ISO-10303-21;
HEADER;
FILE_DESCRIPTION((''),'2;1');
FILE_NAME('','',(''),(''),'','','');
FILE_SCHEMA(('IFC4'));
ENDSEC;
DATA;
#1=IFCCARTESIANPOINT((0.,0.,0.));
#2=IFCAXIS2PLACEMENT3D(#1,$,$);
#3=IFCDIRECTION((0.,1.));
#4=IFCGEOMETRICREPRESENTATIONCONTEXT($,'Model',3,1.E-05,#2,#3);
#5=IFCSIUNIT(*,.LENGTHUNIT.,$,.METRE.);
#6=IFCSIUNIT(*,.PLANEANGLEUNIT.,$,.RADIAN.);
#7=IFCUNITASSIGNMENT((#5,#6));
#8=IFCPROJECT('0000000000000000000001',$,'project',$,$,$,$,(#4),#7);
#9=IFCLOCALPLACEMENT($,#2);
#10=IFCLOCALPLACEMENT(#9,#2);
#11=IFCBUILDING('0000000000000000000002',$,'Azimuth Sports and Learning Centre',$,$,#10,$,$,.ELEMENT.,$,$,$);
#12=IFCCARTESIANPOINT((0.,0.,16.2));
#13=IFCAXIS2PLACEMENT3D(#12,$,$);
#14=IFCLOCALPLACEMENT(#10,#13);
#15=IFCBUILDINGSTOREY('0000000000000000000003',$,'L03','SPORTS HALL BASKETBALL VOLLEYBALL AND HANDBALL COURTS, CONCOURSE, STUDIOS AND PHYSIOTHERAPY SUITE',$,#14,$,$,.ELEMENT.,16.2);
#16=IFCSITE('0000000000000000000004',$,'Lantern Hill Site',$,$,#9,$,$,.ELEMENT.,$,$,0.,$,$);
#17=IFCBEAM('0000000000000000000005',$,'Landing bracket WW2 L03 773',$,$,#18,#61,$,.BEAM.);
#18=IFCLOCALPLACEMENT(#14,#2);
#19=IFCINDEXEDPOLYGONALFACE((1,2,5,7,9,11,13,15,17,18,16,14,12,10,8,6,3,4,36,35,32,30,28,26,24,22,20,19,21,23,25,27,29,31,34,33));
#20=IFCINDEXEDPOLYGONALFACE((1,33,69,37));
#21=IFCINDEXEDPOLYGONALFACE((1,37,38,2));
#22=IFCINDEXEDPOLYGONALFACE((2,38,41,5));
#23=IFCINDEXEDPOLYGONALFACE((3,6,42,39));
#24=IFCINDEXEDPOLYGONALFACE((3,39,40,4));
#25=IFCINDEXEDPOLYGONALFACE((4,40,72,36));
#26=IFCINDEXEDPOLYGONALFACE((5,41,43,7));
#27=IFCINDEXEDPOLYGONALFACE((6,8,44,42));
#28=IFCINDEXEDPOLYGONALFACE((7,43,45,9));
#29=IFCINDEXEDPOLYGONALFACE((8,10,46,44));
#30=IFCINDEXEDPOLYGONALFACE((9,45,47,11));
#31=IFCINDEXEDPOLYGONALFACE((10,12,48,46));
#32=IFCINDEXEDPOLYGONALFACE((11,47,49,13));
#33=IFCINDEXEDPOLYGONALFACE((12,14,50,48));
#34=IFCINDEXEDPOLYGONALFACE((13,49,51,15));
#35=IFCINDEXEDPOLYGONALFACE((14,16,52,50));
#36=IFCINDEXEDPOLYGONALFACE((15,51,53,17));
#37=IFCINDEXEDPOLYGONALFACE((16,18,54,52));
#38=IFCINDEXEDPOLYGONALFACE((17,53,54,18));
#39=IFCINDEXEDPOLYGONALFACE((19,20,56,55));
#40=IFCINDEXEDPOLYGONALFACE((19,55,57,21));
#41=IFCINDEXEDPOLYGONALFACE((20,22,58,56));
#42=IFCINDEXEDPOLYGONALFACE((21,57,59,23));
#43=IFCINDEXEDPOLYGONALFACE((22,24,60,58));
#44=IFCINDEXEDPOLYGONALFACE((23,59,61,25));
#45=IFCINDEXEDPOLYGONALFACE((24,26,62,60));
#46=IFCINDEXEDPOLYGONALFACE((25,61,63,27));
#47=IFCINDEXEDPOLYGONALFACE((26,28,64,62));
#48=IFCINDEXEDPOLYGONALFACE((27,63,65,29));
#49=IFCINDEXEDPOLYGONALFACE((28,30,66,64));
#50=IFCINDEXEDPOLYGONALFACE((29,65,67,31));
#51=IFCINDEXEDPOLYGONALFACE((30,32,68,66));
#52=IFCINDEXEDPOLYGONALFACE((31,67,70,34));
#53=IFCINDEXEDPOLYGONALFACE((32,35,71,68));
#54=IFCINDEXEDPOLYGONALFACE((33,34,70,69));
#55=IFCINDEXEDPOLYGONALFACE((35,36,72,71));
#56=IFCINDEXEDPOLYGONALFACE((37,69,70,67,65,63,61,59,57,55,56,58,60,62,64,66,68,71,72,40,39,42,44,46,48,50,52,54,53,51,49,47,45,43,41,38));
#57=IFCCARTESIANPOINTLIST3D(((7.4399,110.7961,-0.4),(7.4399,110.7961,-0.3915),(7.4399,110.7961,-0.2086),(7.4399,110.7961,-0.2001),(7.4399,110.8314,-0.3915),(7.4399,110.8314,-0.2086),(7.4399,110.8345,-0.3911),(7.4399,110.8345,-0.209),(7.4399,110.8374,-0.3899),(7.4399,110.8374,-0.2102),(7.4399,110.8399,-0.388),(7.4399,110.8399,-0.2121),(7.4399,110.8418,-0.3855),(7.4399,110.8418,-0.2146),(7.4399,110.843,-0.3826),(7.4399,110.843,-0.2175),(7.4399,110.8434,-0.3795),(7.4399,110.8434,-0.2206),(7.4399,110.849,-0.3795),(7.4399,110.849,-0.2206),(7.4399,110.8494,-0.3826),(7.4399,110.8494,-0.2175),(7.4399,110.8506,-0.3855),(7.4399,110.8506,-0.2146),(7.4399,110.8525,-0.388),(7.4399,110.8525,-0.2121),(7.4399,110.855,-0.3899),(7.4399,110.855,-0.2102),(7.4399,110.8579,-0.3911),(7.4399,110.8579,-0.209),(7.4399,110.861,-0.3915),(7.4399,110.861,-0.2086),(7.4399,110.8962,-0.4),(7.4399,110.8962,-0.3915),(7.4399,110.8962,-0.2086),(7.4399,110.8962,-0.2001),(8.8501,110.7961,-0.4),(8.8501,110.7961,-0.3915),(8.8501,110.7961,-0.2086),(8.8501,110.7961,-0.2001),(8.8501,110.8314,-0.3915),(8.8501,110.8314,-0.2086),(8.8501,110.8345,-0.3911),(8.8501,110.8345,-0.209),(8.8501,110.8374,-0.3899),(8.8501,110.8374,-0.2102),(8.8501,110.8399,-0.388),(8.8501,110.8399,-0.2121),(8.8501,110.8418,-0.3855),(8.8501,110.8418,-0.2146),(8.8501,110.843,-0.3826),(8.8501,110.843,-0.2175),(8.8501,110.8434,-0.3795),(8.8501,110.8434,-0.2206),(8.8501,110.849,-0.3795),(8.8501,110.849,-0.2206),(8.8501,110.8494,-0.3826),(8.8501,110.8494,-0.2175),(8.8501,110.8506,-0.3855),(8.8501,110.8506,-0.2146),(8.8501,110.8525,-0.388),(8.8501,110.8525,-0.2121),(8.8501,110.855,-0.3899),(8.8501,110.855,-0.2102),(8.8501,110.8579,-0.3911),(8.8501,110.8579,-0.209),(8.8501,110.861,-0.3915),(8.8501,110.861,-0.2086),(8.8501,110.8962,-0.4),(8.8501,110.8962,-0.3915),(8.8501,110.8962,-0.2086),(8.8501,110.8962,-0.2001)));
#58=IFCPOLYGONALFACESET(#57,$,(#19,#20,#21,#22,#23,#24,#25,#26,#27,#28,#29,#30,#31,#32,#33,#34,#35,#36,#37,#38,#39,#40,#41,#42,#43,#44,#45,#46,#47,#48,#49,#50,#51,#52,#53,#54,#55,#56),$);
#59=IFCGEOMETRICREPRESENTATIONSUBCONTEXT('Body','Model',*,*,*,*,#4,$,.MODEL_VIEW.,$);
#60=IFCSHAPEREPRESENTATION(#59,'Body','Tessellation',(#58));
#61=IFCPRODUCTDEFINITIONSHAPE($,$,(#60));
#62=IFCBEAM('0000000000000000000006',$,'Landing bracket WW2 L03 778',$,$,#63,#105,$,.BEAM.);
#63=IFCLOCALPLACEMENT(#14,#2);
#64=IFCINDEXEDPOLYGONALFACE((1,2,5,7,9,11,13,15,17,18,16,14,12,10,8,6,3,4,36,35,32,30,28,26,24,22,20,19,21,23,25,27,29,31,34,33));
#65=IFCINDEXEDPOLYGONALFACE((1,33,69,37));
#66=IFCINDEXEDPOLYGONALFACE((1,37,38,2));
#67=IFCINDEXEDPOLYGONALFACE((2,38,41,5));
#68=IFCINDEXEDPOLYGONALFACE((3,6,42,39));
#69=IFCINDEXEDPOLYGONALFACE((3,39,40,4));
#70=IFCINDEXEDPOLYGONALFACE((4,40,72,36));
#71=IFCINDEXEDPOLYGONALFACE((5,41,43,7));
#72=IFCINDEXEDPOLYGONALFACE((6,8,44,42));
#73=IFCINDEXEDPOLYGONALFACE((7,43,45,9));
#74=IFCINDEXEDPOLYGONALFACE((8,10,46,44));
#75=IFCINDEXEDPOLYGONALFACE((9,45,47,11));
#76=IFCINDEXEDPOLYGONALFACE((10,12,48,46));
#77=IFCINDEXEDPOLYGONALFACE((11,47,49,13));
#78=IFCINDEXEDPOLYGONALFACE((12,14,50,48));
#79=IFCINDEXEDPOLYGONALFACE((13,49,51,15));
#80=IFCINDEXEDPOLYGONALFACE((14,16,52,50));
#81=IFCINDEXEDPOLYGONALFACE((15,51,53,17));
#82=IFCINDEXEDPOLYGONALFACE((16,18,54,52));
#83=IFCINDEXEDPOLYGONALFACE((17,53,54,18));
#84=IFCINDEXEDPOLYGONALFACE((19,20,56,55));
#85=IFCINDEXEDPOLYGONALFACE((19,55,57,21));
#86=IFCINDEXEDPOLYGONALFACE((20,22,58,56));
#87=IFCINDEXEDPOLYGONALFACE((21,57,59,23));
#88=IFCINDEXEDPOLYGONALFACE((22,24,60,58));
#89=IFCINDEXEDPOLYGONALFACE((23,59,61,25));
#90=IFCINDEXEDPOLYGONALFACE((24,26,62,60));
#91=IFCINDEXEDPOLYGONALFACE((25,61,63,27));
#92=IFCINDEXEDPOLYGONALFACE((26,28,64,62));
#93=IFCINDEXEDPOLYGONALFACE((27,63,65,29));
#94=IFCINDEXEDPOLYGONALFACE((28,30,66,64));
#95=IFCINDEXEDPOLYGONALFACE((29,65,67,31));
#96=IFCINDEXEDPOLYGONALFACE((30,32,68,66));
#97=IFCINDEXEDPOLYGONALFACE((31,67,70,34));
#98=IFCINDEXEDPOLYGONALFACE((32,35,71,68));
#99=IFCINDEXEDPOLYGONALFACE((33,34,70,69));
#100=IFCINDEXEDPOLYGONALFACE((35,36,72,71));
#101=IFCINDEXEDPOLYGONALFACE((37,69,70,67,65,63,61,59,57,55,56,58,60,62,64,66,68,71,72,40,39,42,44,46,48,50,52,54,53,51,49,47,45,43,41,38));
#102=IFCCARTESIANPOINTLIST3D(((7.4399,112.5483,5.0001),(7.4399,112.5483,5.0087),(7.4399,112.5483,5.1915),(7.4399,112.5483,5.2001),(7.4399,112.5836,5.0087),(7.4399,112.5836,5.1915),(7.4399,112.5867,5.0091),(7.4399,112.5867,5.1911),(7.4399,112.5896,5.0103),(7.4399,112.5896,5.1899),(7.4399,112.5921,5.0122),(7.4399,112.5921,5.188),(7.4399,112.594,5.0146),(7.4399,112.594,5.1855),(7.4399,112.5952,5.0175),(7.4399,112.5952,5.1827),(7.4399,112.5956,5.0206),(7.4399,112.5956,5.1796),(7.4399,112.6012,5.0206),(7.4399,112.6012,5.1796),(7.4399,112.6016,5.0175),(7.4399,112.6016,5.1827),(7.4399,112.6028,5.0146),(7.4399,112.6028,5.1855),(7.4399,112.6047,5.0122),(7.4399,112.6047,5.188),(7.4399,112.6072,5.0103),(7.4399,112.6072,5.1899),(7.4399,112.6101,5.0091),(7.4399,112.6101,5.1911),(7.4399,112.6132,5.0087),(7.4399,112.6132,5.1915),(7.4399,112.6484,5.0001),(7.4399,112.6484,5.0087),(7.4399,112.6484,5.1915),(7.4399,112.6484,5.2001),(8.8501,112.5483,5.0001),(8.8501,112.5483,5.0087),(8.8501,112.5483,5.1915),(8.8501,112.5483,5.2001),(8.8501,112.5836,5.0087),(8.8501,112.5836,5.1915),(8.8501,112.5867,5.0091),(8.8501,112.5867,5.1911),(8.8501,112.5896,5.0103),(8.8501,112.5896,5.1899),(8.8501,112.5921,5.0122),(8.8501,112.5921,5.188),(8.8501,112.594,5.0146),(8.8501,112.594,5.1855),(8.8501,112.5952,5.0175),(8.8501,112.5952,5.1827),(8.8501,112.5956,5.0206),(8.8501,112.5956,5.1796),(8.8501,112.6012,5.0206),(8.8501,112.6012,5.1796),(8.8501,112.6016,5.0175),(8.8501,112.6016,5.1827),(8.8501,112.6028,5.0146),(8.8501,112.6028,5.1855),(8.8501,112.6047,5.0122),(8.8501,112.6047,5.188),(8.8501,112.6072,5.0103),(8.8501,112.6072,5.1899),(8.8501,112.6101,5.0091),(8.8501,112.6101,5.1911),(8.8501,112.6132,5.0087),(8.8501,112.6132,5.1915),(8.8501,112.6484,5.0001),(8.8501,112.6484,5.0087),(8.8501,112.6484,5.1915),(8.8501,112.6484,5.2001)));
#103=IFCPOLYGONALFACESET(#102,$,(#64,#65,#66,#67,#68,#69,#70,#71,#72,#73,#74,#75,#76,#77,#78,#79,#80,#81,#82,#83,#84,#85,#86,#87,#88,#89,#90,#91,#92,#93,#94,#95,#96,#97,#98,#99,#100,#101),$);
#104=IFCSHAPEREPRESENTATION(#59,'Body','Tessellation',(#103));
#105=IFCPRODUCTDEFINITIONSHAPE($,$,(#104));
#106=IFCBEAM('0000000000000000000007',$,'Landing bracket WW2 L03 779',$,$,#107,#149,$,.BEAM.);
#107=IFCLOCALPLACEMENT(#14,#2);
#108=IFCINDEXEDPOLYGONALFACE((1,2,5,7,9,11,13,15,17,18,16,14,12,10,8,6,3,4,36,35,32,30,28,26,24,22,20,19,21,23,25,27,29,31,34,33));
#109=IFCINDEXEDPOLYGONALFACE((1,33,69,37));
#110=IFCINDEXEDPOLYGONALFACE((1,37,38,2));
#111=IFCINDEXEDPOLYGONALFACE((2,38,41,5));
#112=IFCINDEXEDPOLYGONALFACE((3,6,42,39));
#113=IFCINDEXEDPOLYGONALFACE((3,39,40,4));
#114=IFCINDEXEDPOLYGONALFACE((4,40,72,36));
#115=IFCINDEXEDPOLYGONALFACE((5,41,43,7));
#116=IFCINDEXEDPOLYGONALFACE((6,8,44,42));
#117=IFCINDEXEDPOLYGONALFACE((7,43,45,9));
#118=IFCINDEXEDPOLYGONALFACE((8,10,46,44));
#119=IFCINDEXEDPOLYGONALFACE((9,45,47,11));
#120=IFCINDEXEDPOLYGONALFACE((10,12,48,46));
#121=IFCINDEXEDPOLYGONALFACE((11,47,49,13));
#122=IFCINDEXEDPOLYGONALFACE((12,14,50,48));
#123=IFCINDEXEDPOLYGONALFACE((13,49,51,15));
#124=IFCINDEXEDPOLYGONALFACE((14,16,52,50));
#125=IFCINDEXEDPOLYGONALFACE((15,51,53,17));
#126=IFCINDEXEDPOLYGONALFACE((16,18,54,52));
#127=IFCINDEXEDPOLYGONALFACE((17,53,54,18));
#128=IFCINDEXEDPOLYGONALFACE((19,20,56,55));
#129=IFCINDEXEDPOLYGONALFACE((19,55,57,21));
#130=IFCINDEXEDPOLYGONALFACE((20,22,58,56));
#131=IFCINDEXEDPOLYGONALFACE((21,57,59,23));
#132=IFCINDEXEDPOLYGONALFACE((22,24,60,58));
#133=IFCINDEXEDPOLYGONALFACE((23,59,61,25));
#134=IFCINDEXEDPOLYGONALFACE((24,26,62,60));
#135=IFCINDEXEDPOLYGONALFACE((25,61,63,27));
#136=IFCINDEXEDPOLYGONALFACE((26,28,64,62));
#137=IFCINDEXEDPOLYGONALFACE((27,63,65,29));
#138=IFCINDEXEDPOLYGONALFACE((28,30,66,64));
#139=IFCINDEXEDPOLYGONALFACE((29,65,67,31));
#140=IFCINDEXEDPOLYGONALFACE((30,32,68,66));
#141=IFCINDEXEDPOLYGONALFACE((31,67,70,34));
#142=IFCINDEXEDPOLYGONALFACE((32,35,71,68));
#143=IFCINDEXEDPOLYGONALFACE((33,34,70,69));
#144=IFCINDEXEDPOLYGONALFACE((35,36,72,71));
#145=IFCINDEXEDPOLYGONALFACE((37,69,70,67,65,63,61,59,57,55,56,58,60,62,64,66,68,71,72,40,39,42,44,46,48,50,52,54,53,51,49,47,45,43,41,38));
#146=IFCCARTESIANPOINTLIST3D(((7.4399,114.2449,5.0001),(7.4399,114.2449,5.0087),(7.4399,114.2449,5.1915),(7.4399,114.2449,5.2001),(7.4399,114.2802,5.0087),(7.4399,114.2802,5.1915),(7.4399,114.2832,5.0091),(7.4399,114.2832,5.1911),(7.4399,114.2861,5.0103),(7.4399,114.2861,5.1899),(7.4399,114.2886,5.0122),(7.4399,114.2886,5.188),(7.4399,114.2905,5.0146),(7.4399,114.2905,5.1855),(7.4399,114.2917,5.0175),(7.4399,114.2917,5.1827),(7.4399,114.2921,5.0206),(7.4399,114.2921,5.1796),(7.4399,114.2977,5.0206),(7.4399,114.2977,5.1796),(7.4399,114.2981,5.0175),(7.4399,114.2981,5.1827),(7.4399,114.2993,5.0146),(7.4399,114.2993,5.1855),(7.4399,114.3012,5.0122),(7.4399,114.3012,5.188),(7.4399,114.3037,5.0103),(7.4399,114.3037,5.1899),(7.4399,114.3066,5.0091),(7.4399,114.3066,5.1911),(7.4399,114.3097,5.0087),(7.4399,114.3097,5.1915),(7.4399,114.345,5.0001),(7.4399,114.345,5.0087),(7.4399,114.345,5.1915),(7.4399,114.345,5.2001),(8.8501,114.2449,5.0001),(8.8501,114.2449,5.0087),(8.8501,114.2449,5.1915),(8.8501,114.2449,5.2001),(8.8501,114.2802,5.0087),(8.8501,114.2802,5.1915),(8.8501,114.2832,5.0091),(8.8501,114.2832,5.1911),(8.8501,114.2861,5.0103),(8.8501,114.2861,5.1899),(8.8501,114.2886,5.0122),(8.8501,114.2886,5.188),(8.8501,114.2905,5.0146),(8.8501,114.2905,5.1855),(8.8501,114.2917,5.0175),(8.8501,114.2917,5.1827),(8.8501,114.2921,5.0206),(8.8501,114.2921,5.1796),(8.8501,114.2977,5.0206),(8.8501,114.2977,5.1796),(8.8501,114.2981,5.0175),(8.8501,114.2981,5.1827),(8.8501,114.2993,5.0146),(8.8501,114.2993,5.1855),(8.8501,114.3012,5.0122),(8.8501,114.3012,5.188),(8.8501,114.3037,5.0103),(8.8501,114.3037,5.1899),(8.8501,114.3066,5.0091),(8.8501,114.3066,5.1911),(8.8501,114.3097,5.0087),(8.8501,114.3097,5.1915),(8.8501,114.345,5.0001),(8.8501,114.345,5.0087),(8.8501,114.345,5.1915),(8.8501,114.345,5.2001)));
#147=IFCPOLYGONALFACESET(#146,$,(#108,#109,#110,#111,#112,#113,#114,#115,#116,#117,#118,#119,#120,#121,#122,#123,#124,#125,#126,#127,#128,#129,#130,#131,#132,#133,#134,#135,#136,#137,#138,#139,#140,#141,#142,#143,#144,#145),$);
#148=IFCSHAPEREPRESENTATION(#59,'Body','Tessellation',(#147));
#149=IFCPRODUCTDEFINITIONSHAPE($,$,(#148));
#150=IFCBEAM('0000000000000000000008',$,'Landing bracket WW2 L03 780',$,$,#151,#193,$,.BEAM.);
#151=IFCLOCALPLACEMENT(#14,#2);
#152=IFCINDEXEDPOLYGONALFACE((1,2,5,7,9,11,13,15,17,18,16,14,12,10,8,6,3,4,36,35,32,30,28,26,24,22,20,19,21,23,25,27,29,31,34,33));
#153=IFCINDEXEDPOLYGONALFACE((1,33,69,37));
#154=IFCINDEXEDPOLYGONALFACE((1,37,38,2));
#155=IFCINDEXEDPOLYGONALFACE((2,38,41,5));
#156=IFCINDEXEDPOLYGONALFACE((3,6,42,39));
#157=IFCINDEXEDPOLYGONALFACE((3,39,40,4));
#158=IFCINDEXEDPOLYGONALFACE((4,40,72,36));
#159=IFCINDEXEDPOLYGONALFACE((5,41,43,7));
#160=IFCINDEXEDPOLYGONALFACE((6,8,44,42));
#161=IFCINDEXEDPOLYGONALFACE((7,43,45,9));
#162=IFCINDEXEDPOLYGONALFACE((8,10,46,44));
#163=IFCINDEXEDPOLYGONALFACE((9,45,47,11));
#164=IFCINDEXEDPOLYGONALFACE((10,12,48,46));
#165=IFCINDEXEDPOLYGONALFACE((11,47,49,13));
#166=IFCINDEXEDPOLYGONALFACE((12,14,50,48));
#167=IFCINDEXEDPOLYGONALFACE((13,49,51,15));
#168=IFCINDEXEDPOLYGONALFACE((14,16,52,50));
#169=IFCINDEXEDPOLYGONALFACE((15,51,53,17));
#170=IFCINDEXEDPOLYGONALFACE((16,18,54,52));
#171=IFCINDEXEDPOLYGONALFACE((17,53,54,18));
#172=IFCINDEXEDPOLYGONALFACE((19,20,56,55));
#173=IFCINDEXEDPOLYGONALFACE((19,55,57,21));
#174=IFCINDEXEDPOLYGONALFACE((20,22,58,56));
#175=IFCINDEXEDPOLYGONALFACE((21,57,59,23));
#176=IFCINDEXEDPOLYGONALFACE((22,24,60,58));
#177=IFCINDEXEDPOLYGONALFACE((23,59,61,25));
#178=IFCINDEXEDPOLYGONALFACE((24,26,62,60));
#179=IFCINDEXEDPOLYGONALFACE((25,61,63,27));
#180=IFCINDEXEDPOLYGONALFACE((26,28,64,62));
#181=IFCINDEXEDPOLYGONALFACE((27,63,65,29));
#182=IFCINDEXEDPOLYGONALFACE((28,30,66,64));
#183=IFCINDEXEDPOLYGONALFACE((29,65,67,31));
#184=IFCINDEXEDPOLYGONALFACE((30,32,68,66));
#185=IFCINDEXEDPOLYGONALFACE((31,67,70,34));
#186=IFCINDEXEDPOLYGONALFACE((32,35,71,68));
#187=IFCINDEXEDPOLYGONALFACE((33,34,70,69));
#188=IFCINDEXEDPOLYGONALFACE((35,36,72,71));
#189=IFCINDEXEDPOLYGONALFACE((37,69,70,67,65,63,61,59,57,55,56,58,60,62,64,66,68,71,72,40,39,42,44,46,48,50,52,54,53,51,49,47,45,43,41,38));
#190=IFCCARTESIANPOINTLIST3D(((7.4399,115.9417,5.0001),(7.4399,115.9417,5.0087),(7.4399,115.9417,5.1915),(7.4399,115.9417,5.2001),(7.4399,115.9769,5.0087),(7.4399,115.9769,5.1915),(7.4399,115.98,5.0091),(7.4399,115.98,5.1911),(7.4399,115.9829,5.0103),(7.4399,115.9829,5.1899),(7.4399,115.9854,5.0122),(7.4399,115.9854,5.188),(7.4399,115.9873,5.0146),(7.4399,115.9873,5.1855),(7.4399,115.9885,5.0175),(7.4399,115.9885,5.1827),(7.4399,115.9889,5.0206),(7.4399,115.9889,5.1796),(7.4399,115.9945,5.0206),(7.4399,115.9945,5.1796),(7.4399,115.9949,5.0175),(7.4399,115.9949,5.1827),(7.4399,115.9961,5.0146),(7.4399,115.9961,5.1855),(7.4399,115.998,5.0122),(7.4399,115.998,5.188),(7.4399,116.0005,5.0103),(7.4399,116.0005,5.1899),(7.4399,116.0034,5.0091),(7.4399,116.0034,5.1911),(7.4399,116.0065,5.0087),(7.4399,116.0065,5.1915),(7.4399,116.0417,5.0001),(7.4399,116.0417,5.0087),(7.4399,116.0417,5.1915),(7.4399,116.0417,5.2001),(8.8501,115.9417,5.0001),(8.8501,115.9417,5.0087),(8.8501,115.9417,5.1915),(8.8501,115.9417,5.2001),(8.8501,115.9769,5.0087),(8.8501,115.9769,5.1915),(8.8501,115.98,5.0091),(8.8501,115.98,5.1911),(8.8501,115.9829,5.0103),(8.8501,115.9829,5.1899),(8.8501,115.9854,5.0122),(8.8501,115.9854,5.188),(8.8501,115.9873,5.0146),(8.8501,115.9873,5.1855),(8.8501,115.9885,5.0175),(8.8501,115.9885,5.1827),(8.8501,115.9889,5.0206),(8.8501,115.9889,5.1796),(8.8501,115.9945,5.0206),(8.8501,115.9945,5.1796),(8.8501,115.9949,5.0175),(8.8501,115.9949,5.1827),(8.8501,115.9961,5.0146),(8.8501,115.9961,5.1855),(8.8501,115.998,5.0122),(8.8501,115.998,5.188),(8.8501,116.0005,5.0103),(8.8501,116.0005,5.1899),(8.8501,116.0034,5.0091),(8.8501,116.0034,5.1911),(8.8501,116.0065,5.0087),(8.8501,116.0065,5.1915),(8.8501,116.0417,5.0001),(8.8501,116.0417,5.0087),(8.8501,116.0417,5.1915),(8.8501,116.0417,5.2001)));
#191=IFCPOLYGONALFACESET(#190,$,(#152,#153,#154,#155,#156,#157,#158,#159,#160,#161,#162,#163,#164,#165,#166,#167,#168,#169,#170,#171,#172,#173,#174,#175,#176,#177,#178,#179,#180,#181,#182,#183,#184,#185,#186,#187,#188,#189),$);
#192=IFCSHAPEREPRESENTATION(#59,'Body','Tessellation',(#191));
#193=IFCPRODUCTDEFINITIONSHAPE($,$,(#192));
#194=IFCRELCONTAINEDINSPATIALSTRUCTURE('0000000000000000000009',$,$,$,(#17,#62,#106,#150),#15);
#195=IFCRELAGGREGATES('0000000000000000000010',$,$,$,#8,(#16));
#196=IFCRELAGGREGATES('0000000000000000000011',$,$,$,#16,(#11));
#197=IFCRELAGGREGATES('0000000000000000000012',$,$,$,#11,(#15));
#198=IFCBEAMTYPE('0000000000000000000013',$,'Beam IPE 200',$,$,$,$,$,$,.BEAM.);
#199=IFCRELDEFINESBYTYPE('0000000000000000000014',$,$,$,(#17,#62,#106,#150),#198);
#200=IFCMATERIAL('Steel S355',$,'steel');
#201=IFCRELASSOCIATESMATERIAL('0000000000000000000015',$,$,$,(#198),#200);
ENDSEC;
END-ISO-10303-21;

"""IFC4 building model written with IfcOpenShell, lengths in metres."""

from ifc_helpers import new_model, si_unit, direction, frame, origin, origin_2d, place, context, subcontext, project, spatial, i_section, extrude, material, material_profile, profile_set, type_object, element, save


model = new_model("IFC4")

# Units and contexts
model_context = context("Model", 3, precision=1e-05, world=origin(), true_north=direction((0.0, 1.0)))
body_context = subcontext(model_context, "Body", "Model", "MODEL_VIEW")
ifc_project = project(units=[si_unit("LENGTHUNIT", "METRE"), si_unit("PLANEANGLEUNIT", "RADIAN")], contexts=[model_context])

# Site, building, storey
site_placement = place(None, origin())
site = spatial("IfcSite", under=ifc_project, at=site_placement, Name="Lantern Hill Site", CompositionType="ELEMENT", RefElevation=0.0)
building_placement = place(site_placement, origin())
building = spatial("IfcBuilding", under=site, at=building_placement, Name="Azimuth Sports and Learning Centre", CompositionType="ELEMENT")
storey_placement = place(building_placement, frame((0.0, 0.0, 16.2)))
storey = spatial("IfcBuildingStorey", under=building, at=storey_placement, Name="L03", Description="SPORTS HALL BASKETBALL VOLLEYBALL AND HANDBALL COURTS, CONCOURSE, STUDIOS AND PHYSIOTHERAPY SUITE", CompositionType="ELEMENT", Elevation=16.2)

# Beams
ifc_material_1 = material(Name="Steel S355", Category="steel")
ifc_material_profile_1 = material_profile(ifc_material_1, i_section(OverallWidth=0.1001, OverallDepth=0.2, WebThickness=0.0056, FlangeThickness=0.0085, FilletRadius=0.012, at=origin_2d()), Name="IPE 200")
ifc_profile_set_1 = profile_set([ifc_material_profile_1], Name="Steel S355")
beam_type_1 = type_object("IfcBeamType", Name="Beam IPE 200", PredefinedType="BEAM", material=ifc_profile_set_1)
for number, where, z_axis, x_axis, name in (
    (1, (8.8501, 110.8462, -0.3), (-1.0, 0.0, 0.0), (0.0, -1.0, 0.0), "Landing bracket WW2 L03 773"),
    (2, (8.8501, 112.5984, 5.1001), (-1.0, 0.0, 0.0), (0.0, -1.0, 0.0), "Landing bracket WW2 L03 778"),
    (3, (8.8501, 114.2949, 5.1001), (-1.0, 0.0, 0.0), (0.0, -1.0, 0.0), "Landing bracket WW2 L03 779"),
    (4, (8.8501, 115.9917, 5.1001), (-1.0, 0.0, 0.0), (0.0, -1.0, 0.0), "Landing bracket WW2 L03 780"),
):
    element("IfcBeam", number, at=place(storey_placement, frame(where, z_axis=z_axis, x_axis=x_axis)), inside=storey, type_object=beam_type_1, Name=name, PredefinedType="BEAM", context=body_context, shape_type="SweptSolid", body=[
        extrude(i_section(OverallWidth=0.1001, OverallDepth=0.2, WebThickness=0.0056, FlangeThickness=0.0085, FilletRadius=0.012, at=origin_2d()), origin(), (0.0, 0.0, 1.0), 1.4102),
    ])

save(model, "model.ifc")
